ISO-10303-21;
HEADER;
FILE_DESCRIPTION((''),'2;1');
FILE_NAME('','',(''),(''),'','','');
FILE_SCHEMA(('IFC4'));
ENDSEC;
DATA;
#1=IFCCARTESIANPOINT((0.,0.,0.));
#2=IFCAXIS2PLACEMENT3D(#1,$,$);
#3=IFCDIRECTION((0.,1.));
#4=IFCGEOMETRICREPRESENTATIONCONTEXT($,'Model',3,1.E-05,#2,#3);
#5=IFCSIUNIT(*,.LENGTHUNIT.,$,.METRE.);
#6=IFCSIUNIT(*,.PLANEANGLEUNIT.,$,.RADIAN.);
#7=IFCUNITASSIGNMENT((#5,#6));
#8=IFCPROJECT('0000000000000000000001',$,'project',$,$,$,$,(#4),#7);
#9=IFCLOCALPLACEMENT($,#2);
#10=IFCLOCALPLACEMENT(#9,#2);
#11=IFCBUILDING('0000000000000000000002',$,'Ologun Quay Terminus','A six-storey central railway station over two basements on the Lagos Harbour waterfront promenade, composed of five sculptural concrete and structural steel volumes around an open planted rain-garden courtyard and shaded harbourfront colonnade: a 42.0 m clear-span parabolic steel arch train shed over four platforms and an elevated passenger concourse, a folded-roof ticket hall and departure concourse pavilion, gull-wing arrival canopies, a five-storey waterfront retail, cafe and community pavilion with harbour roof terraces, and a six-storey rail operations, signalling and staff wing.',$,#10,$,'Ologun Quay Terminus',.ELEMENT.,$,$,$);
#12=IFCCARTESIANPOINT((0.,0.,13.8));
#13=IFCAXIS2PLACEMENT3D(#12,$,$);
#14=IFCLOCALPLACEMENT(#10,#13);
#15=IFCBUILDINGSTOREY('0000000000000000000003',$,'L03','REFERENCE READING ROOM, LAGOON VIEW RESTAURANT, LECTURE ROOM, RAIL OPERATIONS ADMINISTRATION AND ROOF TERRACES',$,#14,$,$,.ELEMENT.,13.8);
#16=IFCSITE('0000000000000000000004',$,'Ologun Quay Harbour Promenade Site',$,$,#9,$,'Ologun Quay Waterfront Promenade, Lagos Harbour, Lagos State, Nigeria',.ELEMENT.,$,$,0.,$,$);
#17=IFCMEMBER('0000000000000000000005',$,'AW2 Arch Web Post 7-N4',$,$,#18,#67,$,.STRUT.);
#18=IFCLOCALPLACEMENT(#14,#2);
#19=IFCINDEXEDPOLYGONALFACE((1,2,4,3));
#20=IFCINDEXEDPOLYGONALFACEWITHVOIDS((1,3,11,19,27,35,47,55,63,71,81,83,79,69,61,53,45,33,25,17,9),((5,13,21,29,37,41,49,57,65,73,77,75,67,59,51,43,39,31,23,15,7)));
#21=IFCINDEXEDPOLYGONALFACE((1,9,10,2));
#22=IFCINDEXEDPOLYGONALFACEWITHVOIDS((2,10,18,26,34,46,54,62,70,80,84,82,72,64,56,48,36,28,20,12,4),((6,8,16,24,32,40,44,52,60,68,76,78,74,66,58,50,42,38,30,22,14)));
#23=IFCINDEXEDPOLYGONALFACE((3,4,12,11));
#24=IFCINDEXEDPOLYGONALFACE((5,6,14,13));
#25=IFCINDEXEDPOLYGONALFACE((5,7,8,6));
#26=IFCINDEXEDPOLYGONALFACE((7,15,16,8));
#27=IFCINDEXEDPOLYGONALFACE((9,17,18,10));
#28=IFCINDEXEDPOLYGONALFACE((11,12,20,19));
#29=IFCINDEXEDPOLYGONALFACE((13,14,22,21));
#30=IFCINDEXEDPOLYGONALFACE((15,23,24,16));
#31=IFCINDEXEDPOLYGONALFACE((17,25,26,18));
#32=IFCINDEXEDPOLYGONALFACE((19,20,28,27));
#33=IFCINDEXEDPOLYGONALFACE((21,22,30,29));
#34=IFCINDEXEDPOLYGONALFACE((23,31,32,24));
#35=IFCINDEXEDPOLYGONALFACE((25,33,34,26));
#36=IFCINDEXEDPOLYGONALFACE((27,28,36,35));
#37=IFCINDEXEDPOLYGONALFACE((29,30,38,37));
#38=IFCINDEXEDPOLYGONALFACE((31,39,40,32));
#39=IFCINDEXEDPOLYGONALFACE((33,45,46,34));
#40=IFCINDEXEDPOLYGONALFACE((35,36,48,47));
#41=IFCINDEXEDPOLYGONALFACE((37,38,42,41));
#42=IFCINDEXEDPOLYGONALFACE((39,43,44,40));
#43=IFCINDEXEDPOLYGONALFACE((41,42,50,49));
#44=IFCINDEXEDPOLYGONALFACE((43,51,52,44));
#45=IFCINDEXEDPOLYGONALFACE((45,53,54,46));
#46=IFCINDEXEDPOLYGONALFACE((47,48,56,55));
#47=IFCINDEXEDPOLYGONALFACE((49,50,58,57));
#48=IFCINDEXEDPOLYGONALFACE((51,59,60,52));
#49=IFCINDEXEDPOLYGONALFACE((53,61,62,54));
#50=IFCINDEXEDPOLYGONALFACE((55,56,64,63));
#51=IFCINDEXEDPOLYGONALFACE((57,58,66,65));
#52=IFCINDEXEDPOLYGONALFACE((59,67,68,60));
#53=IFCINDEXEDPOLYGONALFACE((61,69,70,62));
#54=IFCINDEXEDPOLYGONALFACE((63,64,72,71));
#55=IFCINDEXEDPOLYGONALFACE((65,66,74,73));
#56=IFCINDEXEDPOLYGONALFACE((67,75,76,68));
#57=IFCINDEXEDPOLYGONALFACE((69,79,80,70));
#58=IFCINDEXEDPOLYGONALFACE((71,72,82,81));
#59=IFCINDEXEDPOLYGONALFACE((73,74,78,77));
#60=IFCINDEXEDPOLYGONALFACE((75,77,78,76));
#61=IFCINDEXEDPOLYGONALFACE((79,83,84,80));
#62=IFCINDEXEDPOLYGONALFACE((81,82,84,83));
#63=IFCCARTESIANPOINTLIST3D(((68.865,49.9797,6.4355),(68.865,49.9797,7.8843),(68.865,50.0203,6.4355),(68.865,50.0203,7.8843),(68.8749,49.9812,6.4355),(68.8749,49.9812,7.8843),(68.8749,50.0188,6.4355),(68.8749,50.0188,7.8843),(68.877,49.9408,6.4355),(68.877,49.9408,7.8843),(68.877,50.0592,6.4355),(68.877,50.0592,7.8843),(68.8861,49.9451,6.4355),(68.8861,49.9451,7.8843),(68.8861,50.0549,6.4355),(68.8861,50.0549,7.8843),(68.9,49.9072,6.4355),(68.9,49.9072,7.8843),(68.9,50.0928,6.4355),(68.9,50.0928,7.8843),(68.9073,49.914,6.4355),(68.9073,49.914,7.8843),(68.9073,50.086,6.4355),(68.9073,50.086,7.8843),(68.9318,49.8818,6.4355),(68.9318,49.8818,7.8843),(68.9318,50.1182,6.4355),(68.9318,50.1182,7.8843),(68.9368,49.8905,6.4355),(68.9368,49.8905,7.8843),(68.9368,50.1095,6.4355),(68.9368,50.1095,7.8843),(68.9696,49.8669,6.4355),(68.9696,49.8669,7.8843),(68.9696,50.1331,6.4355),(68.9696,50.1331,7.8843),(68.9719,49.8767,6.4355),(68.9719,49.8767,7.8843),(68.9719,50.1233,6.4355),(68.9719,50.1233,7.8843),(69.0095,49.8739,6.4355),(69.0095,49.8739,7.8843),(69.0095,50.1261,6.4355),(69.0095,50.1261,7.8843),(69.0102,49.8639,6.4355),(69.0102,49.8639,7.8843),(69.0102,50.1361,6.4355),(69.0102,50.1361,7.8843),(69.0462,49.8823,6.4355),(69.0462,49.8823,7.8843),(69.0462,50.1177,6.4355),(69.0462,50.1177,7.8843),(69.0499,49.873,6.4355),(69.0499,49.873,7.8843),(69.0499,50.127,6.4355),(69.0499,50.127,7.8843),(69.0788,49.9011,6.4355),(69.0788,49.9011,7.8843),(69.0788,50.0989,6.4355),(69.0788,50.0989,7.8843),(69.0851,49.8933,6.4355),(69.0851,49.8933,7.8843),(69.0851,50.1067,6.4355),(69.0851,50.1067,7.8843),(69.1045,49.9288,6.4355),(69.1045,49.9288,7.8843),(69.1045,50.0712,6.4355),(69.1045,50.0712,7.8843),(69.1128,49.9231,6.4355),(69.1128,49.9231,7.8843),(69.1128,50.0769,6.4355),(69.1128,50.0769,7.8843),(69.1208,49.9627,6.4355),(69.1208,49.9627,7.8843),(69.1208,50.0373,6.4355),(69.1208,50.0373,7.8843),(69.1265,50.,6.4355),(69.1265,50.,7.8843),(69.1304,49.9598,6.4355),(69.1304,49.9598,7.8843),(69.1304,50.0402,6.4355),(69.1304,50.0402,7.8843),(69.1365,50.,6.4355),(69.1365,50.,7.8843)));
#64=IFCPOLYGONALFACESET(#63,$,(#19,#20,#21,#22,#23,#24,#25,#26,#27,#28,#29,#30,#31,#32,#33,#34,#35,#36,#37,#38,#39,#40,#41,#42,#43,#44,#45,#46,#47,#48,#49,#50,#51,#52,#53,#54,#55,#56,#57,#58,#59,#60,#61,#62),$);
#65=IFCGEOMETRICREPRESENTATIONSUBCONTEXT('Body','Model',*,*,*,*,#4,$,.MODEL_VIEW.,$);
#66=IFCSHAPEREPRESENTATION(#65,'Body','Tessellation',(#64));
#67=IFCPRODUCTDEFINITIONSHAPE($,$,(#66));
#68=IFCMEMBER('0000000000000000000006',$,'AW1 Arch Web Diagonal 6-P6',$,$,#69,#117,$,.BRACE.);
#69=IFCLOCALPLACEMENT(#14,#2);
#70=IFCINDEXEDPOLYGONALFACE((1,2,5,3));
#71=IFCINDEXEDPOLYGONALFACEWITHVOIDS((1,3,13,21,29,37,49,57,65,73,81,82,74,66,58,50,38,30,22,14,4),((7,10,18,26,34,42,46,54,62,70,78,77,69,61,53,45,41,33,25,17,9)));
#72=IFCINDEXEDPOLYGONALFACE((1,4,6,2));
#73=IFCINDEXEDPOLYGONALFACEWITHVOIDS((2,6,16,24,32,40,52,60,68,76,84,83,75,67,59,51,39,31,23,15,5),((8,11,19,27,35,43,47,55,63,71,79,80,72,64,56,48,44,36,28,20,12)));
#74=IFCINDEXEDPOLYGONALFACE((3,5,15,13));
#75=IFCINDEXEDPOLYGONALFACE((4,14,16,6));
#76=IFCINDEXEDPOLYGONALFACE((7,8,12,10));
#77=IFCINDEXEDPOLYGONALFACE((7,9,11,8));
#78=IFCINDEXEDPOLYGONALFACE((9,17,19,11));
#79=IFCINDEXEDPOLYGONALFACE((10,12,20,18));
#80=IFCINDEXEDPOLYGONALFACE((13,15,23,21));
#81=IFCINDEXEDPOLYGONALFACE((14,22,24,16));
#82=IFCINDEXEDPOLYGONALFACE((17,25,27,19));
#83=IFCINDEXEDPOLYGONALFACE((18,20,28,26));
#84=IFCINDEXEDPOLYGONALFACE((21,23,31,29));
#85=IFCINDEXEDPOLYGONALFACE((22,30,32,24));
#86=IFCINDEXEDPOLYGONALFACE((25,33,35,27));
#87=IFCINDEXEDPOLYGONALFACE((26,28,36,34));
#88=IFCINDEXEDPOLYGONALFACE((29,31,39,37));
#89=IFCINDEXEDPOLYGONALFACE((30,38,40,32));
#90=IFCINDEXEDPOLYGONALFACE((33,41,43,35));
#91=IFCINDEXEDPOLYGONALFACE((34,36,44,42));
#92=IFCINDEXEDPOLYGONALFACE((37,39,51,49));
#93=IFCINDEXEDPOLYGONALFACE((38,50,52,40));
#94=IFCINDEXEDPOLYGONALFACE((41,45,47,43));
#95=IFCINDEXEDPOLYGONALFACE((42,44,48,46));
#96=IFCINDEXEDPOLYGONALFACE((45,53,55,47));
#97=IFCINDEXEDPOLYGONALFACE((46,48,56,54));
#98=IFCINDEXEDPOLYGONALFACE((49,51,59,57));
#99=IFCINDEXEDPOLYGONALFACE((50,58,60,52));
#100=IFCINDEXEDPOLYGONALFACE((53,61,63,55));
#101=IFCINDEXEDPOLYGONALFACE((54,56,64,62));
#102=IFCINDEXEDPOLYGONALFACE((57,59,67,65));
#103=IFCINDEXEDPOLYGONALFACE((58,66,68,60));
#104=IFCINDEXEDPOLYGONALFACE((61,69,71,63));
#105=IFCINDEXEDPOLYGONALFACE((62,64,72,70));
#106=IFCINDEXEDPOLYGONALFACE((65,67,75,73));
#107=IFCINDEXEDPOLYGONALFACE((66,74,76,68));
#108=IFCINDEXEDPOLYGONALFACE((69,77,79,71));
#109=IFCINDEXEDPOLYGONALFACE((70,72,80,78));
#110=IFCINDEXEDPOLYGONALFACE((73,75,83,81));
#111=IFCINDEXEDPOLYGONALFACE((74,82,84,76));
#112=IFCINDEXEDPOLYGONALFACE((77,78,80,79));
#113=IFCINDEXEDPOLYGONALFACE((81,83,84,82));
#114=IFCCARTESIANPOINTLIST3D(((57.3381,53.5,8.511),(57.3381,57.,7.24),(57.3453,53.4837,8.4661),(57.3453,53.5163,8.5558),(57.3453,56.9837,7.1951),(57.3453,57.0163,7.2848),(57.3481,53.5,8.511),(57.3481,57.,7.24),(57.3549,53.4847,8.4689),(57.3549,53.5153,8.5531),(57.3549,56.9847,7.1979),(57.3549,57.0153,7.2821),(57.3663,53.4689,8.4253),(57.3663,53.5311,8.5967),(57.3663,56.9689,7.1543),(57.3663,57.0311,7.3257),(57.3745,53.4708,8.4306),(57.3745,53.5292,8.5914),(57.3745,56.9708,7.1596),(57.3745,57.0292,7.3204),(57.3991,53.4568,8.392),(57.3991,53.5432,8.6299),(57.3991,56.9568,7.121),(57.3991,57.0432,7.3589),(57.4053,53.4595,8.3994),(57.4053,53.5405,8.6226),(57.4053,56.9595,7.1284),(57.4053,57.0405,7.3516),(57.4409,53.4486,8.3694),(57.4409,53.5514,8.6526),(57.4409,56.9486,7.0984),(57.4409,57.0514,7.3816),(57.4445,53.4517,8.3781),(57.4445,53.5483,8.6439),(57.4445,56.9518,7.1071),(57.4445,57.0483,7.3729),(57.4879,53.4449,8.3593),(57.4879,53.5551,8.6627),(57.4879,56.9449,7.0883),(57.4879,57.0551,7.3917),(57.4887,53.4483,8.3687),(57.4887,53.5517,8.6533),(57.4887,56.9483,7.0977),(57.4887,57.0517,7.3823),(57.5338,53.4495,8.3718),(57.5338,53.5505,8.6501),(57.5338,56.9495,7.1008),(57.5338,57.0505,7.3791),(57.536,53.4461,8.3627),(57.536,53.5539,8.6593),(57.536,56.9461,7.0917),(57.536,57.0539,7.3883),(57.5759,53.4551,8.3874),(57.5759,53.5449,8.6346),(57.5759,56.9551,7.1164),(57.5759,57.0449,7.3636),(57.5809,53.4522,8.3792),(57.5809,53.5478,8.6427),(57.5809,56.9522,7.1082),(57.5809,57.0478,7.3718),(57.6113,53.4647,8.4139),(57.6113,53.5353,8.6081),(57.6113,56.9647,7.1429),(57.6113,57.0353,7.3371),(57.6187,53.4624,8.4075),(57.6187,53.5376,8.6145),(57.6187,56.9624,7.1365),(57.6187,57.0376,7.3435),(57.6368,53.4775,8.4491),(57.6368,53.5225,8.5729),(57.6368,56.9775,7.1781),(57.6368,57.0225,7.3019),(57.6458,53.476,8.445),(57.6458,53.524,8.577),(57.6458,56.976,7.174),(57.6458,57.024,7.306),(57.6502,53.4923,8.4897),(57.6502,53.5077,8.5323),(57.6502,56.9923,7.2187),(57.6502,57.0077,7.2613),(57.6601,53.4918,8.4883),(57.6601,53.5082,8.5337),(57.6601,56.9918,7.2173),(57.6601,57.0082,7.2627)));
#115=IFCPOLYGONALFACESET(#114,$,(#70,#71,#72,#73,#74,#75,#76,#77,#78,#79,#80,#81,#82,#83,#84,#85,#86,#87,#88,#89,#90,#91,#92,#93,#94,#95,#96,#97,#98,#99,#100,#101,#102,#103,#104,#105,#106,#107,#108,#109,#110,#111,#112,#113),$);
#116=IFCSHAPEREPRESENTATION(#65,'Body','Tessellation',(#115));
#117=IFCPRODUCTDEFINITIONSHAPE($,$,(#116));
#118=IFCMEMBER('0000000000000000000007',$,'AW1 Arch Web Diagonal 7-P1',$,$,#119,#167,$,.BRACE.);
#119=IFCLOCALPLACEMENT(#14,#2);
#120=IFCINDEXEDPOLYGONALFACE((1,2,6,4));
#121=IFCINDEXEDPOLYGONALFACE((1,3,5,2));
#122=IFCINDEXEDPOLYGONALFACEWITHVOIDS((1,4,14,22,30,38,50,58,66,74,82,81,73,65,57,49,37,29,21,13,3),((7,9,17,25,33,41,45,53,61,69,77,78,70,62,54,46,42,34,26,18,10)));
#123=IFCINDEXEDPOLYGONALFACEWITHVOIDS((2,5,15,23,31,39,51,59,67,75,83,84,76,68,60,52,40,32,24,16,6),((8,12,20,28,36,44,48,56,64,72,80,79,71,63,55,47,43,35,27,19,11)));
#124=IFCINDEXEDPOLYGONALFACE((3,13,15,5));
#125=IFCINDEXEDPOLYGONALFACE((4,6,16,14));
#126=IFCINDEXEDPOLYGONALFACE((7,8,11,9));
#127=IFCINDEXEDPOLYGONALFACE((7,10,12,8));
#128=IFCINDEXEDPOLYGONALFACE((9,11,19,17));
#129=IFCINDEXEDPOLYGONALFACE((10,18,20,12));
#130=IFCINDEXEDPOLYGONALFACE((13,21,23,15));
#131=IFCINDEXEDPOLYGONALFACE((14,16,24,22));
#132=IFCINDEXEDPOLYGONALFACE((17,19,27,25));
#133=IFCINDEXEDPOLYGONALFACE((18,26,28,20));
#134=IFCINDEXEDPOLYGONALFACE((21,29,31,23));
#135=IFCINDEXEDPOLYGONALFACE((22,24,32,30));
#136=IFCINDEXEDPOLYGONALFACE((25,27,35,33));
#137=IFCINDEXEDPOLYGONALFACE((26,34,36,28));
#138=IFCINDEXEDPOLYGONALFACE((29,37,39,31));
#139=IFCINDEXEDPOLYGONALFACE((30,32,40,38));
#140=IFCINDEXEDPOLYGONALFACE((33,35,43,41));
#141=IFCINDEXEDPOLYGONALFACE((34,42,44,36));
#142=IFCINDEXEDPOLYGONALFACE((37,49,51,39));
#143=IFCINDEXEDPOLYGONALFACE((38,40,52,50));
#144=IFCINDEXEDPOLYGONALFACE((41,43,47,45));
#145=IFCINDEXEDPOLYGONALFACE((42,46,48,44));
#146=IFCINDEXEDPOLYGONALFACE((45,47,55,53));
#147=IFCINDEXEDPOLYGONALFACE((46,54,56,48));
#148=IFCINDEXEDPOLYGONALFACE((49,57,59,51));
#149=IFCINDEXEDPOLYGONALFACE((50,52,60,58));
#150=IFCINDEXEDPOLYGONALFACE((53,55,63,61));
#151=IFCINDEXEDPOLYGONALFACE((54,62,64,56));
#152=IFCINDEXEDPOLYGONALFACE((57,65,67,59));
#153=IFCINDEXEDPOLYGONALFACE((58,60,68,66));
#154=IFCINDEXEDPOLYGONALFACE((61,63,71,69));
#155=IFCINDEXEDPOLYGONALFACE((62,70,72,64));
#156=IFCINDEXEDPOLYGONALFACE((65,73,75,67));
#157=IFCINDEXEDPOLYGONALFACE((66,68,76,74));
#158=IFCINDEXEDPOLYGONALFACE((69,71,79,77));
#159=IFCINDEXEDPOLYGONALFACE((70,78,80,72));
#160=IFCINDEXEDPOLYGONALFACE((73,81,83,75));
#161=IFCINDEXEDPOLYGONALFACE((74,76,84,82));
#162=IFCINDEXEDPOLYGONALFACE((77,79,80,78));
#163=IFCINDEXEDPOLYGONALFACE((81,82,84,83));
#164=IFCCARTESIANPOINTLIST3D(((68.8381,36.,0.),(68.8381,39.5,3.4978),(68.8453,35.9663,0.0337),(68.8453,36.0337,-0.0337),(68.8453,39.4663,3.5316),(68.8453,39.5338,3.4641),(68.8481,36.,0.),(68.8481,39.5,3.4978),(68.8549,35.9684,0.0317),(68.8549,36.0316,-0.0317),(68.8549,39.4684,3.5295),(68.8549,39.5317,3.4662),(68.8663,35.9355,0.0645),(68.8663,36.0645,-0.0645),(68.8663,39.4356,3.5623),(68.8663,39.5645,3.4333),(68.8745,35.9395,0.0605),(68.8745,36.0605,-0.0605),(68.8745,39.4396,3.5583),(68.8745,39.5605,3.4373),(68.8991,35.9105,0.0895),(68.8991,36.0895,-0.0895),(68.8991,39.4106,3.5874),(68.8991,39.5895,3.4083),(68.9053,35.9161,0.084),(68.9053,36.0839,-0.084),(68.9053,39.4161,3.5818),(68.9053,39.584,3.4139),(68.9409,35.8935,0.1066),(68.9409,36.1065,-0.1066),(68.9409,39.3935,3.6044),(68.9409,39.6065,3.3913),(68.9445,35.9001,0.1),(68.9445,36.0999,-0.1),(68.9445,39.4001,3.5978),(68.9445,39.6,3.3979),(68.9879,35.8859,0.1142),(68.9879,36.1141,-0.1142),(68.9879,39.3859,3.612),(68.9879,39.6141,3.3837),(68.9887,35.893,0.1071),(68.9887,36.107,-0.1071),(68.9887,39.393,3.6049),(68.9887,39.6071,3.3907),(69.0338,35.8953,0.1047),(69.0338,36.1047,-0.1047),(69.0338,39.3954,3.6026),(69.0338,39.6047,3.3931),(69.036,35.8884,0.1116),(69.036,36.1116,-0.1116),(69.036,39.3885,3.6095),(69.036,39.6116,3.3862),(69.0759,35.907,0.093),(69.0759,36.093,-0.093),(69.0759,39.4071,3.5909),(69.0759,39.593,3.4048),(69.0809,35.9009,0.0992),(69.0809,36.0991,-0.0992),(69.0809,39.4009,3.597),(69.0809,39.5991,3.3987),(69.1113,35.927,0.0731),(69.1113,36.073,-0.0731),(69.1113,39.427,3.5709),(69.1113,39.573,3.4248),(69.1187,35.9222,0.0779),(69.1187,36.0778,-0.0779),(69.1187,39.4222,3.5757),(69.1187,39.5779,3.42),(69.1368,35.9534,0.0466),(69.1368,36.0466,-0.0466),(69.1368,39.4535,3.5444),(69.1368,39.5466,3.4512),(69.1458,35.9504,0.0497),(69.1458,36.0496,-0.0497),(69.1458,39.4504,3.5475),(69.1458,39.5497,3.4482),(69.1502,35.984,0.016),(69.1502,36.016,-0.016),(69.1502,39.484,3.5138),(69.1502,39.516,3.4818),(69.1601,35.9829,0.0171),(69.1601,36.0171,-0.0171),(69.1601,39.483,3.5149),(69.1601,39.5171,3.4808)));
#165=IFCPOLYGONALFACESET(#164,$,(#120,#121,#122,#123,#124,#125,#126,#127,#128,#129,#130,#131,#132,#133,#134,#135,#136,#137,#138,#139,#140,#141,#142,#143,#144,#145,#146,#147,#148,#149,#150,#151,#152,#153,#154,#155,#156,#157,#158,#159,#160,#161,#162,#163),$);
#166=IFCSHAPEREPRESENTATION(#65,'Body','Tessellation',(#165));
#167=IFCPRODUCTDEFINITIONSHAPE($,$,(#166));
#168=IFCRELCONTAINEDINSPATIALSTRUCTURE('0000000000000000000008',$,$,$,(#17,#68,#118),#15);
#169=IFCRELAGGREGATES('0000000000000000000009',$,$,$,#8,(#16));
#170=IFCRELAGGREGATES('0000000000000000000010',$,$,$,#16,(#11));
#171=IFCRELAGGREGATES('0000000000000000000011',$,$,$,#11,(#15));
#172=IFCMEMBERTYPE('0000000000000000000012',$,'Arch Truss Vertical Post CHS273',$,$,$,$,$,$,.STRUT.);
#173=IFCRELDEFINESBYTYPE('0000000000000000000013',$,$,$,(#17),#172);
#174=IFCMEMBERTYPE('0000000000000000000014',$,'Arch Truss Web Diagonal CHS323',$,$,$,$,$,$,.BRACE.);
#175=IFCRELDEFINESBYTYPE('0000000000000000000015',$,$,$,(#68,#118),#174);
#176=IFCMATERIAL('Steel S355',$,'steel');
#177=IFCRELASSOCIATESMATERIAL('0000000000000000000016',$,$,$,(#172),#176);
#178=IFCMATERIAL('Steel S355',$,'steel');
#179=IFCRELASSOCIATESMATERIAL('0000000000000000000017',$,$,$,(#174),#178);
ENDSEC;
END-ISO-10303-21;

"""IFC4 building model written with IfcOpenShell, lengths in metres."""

from ifc_helpers import new_model, si_unit, direction, frame, origin, origin_2d, place, context, subcontext, project, spatial, hollow_circle, extrude, material, material_profile, profile_set, type_object, element, save


model = new_model("IFC4")

# Units and contexts
model_context = context("Model", 3, precision=1e-05, world=origin(), true_north=direction((0.0, 1.0)))
body_context = subcontext(model_context, "Body", "Model", "MODEL_VIEW")
ifc_project = project(units=[si_unit("LENGTHUNIT", "METRE"), si_unit("PLANEANGLEUNIT", "RADIAN")], contexts=[model_context])

# Site, building, storey
site_placement = place(None, origin())
site = spatial("IfcSite", under=ifc_project, at=site_placement, Name="Ologun Quay Harbour Promenade Site", LongName="Ologun Quay Waterfront Promenade, Lagos Harbour, Lagos State, Nigeria", CompositionType="ELEMENT", RefElevation=0.0)
building_placement = place(site_placement, origin())
building = spatial("IfcBuilding", under=site, at=building_placement, Name="Ologun Quay Terminus", Description="A six-storey central railway station over two basements on the Lagos Harbour waterfront promenade, composed of five sculptural concrete and structural steel volumes around an open planted rain-garden courtyard and shaded harbourfront colonnade: a 42.0 m clear-span parabolic steel arch train shed over four platforms and an elevated passenger concourse, a folded-roof ticket hall and departure concourse pavilion, gull-wing arrival canopies, a five-storey waterfront retail, cafe and community pavilion with harbour roof terraces, and a six-storey rail operations, signalling and staff wing.", LongName="Ologun Quay Terminus", CompositionType="ELEMENT")
storey_placement = place(building_placement, frame((0.0, 0.0, 13.8)))
storey = spatial("IfcBuildingStorey", under=building, at=storey_placement, Name="L03", Description="REFERENCE READING ROOM, LAGOON VIEW RESTAURANT, LECTURE ROOM, RAIL OPERATIONS ADMINISTRATION AND ROOF TERRACES", CompositionType="ELEMENT", Elevation=13.8)

# Members
ifc_material_1 = material(Name="Steel S355", Category="steel")
ifc_material_profile_1 = material_profile(ifc_material_1, hollow_circle(Radius=0.1365, WallThickness=0.01, at=origin_2d()), Name="CHS 273x10")
ifc_profile_set_1 = profile_set([ifc_material_profile_1], Name="Steel S355")
member_type_1 = type_object("IfcMemberType", Name="Arch Truss Vertical Post CHS273", PredefinedType="STRUT", material=ifc_profile_set_1)
member_1_placement = place(storey_placement, frame((69.0, 50.0, 6.4355), z_axis=(0.0, 0.0, 1.0), x_axis=(1.0, 0.0, 0.0)))
element("IfcMember", 1, at=member_1_placement, inside=storey, type_object=member_type_1, Name="AW2 Arch Web Post 7-N4", PredefinedType="STRUT", context=body_context, shape_type="SweptSolid", body=[
    extrude(hollow_circle(Radius=0.1365, WallThickness=0.01, at=origin_2d()), origin(), (0.0, 0.0, 1.0), 1.4487),
])
ifc_material_2 = material(Name="Steel S355", Category="steel")
ifc_material_profile_2 = material_profile(ifc_material_2, hollow_circle(Radius=0.1619, WallThickness=0.01, at=origin_2d()), Name="CHS 323.9x10")
ifc_profile_set_2 = profile_set([ifc_material_profile_2], Name="Steel S355")
member_type_2 = type_object("IfcMemberType", Name="Arch Truss Web Diagonal CHS323", PredefinedType="BRACE", material=ifc_profile_set_2)
member_2_placement = place(storey_placement, frame((57.5, 53.5, 8.511), z_axis=(0.0, 0.939943, -0.341332), x_axis=(-1.0, 0.0, 0.0)))
element("IfcMember", 2, at=member_2_placement, inside=storey, type_object=member_type_2, Name="AW1 Arch Web Diagonal 6-P6", PredefinedType="BRACE", context=body_context, shape_type="SweptSolid", body=[
    extrude(hollow_circle(Radius=0.1619, WallThickness=0.01, at=origin_2d()), origin(), (0.0, 0.0, 1.0), 3.7236),
])
member_3_placement = place(storey_placement, frame((69.0, 36.0, 0.0), z_axis=(0.0, 0.707329, 0.706885), x_axis=(-1.0, 0.0, 0.0)))
element("IfcMember", 3, at=member_3_placement, inside=storey, type_object=member_type_2, Name="AW1 Arch Web Diagonal 7-P1", PredefinedType="BRACE", context=body_context, shape_type="SweptSolid", body=[
    extrude(hollow_circle(Radius=0.1619, WallThickness=0.01, at=origin_2d()), origin(), (0.0, 0.0, 1.0), 4.9482),
])

save(model, "model.ifc")
